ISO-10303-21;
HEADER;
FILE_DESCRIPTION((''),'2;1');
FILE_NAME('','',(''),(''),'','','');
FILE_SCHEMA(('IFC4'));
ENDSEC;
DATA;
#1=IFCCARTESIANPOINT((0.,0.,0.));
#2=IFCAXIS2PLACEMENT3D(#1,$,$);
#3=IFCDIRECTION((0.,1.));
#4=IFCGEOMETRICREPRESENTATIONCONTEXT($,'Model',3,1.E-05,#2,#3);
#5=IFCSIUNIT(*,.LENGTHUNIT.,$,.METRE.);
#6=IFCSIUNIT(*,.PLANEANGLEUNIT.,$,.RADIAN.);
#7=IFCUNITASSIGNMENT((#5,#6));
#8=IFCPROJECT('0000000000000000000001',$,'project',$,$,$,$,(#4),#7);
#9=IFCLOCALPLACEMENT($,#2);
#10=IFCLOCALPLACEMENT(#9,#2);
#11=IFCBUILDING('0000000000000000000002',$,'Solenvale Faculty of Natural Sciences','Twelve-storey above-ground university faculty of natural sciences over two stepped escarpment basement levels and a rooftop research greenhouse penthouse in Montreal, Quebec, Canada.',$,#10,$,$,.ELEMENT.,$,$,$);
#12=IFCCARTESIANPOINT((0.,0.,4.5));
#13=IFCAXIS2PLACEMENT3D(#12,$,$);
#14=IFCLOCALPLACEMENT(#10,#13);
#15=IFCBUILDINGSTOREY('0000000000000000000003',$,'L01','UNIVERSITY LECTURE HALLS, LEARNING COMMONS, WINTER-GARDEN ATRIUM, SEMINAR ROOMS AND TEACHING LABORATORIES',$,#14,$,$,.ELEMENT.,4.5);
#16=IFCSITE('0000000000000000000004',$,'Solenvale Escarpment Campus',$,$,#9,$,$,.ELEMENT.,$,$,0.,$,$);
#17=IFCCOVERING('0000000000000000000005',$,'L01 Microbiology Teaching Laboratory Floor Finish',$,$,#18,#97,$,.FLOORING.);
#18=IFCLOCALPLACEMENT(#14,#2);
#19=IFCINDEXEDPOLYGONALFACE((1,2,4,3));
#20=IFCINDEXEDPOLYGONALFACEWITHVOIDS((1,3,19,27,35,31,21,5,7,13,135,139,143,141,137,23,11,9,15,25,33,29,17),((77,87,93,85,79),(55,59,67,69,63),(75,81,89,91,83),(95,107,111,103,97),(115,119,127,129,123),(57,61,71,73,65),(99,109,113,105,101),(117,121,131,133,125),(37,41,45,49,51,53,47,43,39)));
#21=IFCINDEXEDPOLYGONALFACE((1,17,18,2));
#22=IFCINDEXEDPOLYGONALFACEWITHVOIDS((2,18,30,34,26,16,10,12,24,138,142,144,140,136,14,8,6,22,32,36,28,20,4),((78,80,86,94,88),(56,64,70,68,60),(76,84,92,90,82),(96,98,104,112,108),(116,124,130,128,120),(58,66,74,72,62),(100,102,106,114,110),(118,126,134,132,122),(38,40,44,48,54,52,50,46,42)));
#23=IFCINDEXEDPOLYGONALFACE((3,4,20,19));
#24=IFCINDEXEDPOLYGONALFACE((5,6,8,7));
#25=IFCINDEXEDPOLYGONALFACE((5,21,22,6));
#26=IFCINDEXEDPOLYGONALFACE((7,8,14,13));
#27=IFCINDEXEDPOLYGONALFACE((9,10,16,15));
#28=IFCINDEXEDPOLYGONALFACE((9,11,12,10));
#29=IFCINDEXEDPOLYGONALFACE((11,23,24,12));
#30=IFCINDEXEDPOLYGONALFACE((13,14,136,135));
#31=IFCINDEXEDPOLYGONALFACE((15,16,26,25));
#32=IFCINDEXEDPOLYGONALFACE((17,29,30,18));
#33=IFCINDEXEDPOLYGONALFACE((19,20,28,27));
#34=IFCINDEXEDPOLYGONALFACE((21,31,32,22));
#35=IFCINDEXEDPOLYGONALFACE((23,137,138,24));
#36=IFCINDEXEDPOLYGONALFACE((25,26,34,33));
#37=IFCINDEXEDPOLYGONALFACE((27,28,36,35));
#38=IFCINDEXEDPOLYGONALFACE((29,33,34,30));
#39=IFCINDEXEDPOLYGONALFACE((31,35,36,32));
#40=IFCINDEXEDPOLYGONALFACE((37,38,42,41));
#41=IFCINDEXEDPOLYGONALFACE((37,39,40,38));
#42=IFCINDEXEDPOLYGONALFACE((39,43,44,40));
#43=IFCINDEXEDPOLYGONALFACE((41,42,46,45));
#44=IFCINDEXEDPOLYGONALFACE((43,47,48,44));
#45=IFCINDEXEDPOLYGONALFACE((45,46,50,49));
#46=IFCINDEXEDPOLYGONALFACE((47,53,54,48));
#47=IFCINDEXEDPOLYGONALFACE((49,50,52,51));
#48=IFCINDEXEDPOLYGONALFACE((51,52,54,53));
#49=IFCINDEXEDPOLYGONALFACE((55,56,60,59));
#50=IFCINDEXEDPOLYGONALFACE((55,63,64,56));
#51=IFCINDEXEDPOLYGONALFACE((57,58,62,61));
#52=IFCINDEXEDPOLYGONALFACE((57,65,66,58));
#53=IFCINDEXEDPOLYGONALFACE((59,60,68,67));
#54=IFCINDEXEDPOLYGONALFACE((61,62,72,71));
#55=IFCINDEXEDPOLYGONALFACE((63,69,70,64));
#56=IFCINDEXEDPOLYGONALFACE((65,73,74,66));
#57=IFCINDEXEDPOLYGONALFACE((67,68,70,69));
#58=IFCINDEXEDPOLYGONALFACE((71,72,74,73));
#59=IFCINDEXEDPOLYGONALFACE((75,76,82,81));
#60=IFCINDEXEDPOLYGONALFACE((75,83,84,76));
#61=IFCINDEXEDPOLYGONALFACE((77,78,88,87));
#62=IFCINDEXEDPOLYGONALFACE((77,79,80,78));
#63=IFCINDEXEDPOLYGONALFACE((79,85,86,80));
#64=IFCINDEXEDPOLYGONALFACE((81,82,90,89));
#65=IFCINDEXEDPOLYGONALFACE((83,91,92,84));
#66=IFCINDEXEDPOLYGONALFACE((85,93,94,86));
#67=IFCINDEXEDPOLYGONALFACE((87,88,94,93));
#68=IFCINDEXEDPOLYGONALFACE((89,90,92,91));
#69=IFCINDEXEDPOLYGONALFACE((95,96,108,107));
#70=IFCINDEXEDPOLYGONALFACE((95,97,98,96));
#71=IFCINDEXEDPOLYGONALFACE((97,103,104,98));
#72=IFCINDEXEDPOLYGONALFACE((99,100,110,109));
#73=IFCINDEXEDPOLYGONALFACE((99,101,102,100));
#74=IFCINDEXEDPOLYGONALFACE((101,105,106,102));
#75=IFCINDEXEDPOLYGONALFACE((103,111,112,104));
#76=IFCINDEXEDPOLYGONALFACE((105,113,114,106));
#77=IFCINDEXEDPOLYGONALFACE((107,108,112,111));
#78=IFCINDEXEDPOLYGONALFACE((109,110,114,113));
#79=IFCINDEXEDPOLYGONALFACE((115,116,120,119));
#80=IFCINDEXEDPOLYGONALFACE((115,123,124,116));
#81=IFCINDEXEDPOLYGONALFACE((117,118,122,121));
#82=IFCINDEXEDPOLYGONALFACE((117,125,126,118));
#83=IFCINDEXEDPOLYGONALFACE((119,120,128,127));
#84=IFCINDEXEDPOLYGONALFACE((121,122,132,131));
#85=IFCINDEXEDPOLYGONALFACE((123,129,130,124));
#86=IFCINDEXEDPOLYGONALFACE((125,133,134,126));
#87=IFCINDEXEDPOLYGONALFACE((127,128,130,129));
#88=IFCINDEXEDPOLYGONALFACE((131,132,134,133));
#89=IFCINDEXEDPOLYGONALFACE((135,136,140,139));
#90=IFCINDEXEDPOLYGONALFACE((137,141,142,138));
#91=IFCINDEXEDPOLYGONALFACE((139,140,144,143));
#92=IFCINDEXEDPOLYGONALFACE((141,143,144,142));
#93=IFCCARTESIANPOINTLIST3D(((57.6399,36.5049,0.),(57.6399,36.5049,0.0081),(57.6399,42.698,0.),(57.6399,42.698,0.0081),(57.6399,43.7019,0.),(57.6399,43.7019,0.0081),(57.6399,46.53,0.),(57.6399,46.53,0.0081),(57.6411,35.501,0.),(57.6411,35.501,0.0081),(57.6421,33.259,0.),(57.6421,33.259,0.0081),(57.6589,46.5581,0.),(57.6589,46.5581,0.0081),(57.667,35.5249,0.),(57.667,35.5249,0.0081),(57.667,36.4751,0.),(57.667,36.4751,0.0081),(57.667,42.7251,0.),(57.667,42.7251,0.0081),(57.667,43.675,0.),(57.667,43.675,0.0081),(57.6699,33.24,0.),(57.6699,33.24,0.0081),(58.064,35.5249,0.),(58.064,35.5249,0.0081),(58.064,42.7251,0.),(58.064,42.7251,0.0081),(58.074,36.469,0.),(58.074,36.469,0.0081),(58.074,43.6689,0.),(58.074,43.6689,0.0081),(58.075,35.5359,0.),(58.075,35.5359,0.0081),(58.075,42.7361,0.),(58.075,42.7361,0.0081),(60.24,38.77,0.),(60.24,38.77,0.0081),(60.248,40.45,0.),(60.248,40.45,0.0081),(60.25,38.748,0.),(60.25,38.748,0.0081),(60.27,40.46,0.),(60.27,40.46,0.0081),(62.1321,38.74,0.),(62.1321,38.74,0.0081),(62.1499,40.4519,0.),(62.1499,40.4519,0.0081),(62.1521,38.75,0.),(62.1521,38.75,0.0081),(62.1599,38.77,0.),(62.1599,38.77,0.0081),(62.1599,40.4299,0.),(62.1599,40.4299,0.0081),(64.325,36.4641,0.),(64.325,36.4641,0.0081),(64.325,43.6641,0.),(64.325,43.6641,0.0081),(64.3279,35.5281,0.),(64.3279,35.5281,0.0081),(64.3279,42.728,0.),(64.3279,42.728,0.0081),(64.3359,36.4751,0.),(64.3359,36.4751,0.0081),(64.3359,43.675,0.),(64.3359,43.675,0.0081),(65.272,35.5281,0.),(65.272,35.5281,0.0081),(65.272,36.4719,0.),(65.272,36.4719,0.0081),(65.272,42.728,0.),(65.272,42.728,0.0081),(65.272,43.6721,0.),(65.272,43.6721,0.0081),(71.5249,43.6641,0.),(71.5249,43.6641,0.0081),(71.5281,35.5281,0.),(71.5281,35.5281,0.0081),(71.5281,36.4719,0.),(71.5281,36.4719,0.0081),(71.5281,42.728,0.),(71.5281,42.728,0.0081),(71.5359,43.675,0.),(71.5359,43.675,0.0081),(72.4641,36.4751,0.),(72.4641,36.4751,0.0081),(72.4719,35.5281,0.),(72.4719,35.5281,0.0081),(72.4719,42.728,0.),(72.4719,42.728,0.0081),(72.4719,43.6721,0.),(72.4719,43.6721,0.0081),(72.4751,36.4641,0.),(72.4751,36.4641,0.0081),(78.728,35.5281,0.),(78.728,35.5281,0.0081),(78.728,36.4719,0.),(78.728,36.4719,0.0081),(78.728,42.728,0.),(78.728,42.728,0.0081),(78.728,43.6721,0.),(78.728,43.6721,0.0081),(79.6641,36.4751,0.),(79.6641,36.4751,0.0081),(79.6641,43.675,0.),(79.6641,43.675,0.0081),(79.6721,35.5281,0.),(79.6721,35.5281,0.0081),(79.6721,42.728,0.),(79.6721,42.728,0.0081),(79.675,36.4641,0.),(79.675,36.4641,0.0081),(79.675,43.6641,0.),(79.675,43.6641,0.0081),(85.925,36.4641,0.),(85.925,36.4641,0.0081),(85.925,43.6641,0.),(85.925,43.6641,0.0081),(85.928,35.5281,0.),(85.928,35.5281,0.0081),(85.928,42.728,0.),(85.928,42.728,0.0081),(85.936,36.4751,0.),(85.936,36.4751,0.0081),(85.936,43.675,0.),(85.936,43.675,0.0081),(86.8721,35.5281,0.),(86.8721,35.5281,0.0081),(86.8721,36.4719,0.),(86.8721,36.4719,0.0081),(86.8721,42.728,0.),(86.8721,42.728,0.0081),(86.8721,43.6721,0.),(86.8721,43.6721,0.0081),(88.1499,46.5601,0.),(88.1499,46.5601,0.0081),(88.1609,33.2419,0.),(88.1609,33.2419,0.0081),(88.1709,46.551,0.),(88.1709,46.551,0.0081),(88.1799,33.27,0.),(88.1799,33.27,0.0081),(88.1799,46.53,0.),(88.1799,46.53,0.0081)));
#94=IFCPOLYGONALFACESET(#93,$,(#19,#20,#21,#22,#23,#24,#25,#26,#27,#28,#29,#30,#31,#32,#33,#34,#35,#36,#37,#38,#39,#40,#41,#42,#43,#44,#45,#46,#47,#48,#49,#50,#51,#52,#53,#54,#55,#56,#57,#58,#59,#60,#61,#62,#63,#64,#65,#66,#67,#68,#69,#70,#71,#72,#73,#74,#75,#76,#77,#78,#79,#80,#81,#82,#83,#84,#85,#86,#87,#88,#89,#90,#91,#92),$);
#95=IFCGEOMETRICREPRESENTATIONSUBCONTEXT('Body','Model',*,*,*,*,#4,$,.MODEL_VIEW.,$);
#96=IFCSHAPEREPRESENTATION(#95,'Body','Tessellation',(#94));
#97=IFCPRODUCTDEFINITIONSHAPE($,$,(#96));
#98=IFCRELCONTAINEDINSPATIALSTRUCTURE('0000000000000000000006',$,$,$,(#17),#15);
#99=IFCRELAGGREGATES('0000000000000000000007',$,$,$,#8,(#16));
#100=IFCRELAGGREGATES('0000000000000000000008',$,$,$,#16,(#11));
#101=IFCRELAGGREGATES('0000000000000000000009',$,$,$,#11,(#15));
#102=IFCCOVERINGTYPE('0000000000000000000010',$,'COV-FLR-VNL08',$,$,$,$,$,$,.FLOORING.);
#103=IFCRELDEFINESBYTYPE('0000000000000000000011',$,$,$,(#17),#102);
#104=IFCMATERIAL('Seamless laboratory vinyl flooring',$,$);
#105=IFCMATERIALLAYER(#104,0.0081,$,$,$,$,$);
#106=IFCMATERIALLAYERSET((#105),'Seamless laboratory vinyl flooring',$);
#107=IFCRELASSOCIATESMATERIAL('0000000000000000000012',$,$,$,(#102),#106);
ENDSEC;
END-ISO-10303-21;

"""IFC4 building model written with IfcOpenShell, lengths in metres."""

from ifc_helpers import new_model, si_unit, direction, frame, origin, place, context, subcontext, project, spatial, polyline, outline, extrude, material, layer, layer_set, type_object, element, save


model = new_model("IFC4")

# Units and contexts
model_context = context("Model", 3, precision=1e-05, world=origin(), true_north=direction((0.0, 1.0)))
body_context = subcontext(model_context, "Body", "Model", "MODEL_VIEW")
ifc_project = project(units=[si_unit("LENGTHUNIT", "METRE"), si_unit("PLANEANGLEUNIT", "RADIAN")], contexts=[model_context])

# Site, building, storey
site_placement = place(None, origin())
site = spatial("IfcSite", under=ifc_project, at=site_placement, Name="Solenvale Escarpment Campus", CompositionType="ELEMENT", RefElevation=0.0)
building_placement = place(site_placement, origin())
building = spatial("IfcBuilding", under=site, at=building_placement, Name="Solenvale Faculty of Natural Sciences", Description="Twelve-storey above-ground university faculty of natural sciences over two stepped escarpment basement levels and a rooftop research greenhouse penthouse in Montreal, Quebec, Canada.", CompositionType="ELEMENT")
storey_placement = place(building_placement, frame((0.0, 0.0, 4.5)))
storey = spatial("IfcBuildingStorey", under=building, at=storey_placement, Name="L01", Description="UNIVERSITY LECTURE HALLS, LEARNING COMMONS, WINTER-GARDEN ATRIUM, SEMINAR ROOMS AND TEACHING LABORATORIES", CompositionType="ELEMENT", Elevation=4.5)

# Covering
ifc_material_1 = material(Name="Seamless laboratory vinyl flooring")
ifc_layer_1 = layer(ifc_material_1, 0.0081)
ifc_layer_set_1 = layer_set([ifc_layer_1], Name="Seamless laboratory vinyl flooring")
covering_type_1 = type_object("IfcCoveringType", Name="COV-FLR-VNL08", PredefinedType="FLOORING", material=ifc_layer_set_1)
covering_1_placement = place(storey_placement, origin())
element("IfcCovering", 1, at=covering_1_placement, inside=storey, type_object=covering_type_1, Name="L01 Microbiology Teaching Laboratory Floor Finish", PredefinedType="FLOORING", context=body_context, shape_type="SweptSolid", body=[
    extrude(outline(polyline([(88.1499, 46.5601), (88.1709, 46.551), (88.1799, 46.53), (88.1799, 33.27), (88.1609, 33.2419), (57.6699, 33.24), (57.6421, 33.259), (57.6411, 35.501), (57.667, 35.5249), (58.064, 35.5249), (58.075, 35.5359), (58.074, 36.469), (57.667, 36.4751), (57.6399, 36.5049), (57.6399, 42.698), (57.667, 42.7251), (58.064, 42.7251), (58.075, 42.7361), (58.074, 43.6689), (57.667, 43.675), (57.6399, 43.7019), (57.6399, 46.53), (57.6589, 46.5581), (88.1499, 46.5601)]), holes=[polyline([(85.936, 36.4751), (85.925, 36.4641), (85.928, 35.5281), (86.8721, 35.5281), (86.8721, 36.4719), (85.936, 36.4751)]), polyline([(85.936, 43.675), (85.925, 43.6641), (85.928, 42.728), (86.8721, 42.728), (86.8721, 43.6721), (85.936, 43.675)]), polyline([(79.675, 36.4641), (79.6641, 36.4751), (78.728, 36.4719), (78.728, 35.5281), (79.6721, 35.5281), (79.675, 36.4641)]), polyline([(79.675, 43.6641), (79.6641, 43.675), (78.728, 43.6721), (78.728, 42.728), (79.6721, 42.728), (79.675, 43.6641)]), polyline([(71.5359, 43.675), (71.5249, 43.6641), (71.5281, 42.728), (72.4719, 42.728), (72.4719, 43.6721), (71.5359, 43.675)]), polyline([(72.4751, 36.4641), (72.4641, 36.4751), (71.5281, 36.4719), (71.5281, 35.5281), (72.4719, 35.5281), (72.4751, 36.4641)]), polyline([(64.3359, 36.4751), (64.325, 36.4641), (64.3279, 35.5281), (65.272, 35.5281), (65.272, 36.4719), (64.3359, 36.4751)]), polyline([(64.3359, 43.675), (64.325, 43.6641), (64.3279, 42.728), (65.272, 42.728), (65.272, 43.6721), (64.3359, 43.675)]), polyline([(62.1321, 38.74), (62.1521, 38.75), (62.1599, 38.77), (62.1599, 40.4299), (62.1499, 40.4519), (60.27, 40.46), (60.248, 40.45), (60.24, 38.77), (60.25, 38.748), (62.1321, 38.74)])]), origin(), (0.0, 0.0, 1.0), 0.0081),
])

save(model, "model.ifc")
